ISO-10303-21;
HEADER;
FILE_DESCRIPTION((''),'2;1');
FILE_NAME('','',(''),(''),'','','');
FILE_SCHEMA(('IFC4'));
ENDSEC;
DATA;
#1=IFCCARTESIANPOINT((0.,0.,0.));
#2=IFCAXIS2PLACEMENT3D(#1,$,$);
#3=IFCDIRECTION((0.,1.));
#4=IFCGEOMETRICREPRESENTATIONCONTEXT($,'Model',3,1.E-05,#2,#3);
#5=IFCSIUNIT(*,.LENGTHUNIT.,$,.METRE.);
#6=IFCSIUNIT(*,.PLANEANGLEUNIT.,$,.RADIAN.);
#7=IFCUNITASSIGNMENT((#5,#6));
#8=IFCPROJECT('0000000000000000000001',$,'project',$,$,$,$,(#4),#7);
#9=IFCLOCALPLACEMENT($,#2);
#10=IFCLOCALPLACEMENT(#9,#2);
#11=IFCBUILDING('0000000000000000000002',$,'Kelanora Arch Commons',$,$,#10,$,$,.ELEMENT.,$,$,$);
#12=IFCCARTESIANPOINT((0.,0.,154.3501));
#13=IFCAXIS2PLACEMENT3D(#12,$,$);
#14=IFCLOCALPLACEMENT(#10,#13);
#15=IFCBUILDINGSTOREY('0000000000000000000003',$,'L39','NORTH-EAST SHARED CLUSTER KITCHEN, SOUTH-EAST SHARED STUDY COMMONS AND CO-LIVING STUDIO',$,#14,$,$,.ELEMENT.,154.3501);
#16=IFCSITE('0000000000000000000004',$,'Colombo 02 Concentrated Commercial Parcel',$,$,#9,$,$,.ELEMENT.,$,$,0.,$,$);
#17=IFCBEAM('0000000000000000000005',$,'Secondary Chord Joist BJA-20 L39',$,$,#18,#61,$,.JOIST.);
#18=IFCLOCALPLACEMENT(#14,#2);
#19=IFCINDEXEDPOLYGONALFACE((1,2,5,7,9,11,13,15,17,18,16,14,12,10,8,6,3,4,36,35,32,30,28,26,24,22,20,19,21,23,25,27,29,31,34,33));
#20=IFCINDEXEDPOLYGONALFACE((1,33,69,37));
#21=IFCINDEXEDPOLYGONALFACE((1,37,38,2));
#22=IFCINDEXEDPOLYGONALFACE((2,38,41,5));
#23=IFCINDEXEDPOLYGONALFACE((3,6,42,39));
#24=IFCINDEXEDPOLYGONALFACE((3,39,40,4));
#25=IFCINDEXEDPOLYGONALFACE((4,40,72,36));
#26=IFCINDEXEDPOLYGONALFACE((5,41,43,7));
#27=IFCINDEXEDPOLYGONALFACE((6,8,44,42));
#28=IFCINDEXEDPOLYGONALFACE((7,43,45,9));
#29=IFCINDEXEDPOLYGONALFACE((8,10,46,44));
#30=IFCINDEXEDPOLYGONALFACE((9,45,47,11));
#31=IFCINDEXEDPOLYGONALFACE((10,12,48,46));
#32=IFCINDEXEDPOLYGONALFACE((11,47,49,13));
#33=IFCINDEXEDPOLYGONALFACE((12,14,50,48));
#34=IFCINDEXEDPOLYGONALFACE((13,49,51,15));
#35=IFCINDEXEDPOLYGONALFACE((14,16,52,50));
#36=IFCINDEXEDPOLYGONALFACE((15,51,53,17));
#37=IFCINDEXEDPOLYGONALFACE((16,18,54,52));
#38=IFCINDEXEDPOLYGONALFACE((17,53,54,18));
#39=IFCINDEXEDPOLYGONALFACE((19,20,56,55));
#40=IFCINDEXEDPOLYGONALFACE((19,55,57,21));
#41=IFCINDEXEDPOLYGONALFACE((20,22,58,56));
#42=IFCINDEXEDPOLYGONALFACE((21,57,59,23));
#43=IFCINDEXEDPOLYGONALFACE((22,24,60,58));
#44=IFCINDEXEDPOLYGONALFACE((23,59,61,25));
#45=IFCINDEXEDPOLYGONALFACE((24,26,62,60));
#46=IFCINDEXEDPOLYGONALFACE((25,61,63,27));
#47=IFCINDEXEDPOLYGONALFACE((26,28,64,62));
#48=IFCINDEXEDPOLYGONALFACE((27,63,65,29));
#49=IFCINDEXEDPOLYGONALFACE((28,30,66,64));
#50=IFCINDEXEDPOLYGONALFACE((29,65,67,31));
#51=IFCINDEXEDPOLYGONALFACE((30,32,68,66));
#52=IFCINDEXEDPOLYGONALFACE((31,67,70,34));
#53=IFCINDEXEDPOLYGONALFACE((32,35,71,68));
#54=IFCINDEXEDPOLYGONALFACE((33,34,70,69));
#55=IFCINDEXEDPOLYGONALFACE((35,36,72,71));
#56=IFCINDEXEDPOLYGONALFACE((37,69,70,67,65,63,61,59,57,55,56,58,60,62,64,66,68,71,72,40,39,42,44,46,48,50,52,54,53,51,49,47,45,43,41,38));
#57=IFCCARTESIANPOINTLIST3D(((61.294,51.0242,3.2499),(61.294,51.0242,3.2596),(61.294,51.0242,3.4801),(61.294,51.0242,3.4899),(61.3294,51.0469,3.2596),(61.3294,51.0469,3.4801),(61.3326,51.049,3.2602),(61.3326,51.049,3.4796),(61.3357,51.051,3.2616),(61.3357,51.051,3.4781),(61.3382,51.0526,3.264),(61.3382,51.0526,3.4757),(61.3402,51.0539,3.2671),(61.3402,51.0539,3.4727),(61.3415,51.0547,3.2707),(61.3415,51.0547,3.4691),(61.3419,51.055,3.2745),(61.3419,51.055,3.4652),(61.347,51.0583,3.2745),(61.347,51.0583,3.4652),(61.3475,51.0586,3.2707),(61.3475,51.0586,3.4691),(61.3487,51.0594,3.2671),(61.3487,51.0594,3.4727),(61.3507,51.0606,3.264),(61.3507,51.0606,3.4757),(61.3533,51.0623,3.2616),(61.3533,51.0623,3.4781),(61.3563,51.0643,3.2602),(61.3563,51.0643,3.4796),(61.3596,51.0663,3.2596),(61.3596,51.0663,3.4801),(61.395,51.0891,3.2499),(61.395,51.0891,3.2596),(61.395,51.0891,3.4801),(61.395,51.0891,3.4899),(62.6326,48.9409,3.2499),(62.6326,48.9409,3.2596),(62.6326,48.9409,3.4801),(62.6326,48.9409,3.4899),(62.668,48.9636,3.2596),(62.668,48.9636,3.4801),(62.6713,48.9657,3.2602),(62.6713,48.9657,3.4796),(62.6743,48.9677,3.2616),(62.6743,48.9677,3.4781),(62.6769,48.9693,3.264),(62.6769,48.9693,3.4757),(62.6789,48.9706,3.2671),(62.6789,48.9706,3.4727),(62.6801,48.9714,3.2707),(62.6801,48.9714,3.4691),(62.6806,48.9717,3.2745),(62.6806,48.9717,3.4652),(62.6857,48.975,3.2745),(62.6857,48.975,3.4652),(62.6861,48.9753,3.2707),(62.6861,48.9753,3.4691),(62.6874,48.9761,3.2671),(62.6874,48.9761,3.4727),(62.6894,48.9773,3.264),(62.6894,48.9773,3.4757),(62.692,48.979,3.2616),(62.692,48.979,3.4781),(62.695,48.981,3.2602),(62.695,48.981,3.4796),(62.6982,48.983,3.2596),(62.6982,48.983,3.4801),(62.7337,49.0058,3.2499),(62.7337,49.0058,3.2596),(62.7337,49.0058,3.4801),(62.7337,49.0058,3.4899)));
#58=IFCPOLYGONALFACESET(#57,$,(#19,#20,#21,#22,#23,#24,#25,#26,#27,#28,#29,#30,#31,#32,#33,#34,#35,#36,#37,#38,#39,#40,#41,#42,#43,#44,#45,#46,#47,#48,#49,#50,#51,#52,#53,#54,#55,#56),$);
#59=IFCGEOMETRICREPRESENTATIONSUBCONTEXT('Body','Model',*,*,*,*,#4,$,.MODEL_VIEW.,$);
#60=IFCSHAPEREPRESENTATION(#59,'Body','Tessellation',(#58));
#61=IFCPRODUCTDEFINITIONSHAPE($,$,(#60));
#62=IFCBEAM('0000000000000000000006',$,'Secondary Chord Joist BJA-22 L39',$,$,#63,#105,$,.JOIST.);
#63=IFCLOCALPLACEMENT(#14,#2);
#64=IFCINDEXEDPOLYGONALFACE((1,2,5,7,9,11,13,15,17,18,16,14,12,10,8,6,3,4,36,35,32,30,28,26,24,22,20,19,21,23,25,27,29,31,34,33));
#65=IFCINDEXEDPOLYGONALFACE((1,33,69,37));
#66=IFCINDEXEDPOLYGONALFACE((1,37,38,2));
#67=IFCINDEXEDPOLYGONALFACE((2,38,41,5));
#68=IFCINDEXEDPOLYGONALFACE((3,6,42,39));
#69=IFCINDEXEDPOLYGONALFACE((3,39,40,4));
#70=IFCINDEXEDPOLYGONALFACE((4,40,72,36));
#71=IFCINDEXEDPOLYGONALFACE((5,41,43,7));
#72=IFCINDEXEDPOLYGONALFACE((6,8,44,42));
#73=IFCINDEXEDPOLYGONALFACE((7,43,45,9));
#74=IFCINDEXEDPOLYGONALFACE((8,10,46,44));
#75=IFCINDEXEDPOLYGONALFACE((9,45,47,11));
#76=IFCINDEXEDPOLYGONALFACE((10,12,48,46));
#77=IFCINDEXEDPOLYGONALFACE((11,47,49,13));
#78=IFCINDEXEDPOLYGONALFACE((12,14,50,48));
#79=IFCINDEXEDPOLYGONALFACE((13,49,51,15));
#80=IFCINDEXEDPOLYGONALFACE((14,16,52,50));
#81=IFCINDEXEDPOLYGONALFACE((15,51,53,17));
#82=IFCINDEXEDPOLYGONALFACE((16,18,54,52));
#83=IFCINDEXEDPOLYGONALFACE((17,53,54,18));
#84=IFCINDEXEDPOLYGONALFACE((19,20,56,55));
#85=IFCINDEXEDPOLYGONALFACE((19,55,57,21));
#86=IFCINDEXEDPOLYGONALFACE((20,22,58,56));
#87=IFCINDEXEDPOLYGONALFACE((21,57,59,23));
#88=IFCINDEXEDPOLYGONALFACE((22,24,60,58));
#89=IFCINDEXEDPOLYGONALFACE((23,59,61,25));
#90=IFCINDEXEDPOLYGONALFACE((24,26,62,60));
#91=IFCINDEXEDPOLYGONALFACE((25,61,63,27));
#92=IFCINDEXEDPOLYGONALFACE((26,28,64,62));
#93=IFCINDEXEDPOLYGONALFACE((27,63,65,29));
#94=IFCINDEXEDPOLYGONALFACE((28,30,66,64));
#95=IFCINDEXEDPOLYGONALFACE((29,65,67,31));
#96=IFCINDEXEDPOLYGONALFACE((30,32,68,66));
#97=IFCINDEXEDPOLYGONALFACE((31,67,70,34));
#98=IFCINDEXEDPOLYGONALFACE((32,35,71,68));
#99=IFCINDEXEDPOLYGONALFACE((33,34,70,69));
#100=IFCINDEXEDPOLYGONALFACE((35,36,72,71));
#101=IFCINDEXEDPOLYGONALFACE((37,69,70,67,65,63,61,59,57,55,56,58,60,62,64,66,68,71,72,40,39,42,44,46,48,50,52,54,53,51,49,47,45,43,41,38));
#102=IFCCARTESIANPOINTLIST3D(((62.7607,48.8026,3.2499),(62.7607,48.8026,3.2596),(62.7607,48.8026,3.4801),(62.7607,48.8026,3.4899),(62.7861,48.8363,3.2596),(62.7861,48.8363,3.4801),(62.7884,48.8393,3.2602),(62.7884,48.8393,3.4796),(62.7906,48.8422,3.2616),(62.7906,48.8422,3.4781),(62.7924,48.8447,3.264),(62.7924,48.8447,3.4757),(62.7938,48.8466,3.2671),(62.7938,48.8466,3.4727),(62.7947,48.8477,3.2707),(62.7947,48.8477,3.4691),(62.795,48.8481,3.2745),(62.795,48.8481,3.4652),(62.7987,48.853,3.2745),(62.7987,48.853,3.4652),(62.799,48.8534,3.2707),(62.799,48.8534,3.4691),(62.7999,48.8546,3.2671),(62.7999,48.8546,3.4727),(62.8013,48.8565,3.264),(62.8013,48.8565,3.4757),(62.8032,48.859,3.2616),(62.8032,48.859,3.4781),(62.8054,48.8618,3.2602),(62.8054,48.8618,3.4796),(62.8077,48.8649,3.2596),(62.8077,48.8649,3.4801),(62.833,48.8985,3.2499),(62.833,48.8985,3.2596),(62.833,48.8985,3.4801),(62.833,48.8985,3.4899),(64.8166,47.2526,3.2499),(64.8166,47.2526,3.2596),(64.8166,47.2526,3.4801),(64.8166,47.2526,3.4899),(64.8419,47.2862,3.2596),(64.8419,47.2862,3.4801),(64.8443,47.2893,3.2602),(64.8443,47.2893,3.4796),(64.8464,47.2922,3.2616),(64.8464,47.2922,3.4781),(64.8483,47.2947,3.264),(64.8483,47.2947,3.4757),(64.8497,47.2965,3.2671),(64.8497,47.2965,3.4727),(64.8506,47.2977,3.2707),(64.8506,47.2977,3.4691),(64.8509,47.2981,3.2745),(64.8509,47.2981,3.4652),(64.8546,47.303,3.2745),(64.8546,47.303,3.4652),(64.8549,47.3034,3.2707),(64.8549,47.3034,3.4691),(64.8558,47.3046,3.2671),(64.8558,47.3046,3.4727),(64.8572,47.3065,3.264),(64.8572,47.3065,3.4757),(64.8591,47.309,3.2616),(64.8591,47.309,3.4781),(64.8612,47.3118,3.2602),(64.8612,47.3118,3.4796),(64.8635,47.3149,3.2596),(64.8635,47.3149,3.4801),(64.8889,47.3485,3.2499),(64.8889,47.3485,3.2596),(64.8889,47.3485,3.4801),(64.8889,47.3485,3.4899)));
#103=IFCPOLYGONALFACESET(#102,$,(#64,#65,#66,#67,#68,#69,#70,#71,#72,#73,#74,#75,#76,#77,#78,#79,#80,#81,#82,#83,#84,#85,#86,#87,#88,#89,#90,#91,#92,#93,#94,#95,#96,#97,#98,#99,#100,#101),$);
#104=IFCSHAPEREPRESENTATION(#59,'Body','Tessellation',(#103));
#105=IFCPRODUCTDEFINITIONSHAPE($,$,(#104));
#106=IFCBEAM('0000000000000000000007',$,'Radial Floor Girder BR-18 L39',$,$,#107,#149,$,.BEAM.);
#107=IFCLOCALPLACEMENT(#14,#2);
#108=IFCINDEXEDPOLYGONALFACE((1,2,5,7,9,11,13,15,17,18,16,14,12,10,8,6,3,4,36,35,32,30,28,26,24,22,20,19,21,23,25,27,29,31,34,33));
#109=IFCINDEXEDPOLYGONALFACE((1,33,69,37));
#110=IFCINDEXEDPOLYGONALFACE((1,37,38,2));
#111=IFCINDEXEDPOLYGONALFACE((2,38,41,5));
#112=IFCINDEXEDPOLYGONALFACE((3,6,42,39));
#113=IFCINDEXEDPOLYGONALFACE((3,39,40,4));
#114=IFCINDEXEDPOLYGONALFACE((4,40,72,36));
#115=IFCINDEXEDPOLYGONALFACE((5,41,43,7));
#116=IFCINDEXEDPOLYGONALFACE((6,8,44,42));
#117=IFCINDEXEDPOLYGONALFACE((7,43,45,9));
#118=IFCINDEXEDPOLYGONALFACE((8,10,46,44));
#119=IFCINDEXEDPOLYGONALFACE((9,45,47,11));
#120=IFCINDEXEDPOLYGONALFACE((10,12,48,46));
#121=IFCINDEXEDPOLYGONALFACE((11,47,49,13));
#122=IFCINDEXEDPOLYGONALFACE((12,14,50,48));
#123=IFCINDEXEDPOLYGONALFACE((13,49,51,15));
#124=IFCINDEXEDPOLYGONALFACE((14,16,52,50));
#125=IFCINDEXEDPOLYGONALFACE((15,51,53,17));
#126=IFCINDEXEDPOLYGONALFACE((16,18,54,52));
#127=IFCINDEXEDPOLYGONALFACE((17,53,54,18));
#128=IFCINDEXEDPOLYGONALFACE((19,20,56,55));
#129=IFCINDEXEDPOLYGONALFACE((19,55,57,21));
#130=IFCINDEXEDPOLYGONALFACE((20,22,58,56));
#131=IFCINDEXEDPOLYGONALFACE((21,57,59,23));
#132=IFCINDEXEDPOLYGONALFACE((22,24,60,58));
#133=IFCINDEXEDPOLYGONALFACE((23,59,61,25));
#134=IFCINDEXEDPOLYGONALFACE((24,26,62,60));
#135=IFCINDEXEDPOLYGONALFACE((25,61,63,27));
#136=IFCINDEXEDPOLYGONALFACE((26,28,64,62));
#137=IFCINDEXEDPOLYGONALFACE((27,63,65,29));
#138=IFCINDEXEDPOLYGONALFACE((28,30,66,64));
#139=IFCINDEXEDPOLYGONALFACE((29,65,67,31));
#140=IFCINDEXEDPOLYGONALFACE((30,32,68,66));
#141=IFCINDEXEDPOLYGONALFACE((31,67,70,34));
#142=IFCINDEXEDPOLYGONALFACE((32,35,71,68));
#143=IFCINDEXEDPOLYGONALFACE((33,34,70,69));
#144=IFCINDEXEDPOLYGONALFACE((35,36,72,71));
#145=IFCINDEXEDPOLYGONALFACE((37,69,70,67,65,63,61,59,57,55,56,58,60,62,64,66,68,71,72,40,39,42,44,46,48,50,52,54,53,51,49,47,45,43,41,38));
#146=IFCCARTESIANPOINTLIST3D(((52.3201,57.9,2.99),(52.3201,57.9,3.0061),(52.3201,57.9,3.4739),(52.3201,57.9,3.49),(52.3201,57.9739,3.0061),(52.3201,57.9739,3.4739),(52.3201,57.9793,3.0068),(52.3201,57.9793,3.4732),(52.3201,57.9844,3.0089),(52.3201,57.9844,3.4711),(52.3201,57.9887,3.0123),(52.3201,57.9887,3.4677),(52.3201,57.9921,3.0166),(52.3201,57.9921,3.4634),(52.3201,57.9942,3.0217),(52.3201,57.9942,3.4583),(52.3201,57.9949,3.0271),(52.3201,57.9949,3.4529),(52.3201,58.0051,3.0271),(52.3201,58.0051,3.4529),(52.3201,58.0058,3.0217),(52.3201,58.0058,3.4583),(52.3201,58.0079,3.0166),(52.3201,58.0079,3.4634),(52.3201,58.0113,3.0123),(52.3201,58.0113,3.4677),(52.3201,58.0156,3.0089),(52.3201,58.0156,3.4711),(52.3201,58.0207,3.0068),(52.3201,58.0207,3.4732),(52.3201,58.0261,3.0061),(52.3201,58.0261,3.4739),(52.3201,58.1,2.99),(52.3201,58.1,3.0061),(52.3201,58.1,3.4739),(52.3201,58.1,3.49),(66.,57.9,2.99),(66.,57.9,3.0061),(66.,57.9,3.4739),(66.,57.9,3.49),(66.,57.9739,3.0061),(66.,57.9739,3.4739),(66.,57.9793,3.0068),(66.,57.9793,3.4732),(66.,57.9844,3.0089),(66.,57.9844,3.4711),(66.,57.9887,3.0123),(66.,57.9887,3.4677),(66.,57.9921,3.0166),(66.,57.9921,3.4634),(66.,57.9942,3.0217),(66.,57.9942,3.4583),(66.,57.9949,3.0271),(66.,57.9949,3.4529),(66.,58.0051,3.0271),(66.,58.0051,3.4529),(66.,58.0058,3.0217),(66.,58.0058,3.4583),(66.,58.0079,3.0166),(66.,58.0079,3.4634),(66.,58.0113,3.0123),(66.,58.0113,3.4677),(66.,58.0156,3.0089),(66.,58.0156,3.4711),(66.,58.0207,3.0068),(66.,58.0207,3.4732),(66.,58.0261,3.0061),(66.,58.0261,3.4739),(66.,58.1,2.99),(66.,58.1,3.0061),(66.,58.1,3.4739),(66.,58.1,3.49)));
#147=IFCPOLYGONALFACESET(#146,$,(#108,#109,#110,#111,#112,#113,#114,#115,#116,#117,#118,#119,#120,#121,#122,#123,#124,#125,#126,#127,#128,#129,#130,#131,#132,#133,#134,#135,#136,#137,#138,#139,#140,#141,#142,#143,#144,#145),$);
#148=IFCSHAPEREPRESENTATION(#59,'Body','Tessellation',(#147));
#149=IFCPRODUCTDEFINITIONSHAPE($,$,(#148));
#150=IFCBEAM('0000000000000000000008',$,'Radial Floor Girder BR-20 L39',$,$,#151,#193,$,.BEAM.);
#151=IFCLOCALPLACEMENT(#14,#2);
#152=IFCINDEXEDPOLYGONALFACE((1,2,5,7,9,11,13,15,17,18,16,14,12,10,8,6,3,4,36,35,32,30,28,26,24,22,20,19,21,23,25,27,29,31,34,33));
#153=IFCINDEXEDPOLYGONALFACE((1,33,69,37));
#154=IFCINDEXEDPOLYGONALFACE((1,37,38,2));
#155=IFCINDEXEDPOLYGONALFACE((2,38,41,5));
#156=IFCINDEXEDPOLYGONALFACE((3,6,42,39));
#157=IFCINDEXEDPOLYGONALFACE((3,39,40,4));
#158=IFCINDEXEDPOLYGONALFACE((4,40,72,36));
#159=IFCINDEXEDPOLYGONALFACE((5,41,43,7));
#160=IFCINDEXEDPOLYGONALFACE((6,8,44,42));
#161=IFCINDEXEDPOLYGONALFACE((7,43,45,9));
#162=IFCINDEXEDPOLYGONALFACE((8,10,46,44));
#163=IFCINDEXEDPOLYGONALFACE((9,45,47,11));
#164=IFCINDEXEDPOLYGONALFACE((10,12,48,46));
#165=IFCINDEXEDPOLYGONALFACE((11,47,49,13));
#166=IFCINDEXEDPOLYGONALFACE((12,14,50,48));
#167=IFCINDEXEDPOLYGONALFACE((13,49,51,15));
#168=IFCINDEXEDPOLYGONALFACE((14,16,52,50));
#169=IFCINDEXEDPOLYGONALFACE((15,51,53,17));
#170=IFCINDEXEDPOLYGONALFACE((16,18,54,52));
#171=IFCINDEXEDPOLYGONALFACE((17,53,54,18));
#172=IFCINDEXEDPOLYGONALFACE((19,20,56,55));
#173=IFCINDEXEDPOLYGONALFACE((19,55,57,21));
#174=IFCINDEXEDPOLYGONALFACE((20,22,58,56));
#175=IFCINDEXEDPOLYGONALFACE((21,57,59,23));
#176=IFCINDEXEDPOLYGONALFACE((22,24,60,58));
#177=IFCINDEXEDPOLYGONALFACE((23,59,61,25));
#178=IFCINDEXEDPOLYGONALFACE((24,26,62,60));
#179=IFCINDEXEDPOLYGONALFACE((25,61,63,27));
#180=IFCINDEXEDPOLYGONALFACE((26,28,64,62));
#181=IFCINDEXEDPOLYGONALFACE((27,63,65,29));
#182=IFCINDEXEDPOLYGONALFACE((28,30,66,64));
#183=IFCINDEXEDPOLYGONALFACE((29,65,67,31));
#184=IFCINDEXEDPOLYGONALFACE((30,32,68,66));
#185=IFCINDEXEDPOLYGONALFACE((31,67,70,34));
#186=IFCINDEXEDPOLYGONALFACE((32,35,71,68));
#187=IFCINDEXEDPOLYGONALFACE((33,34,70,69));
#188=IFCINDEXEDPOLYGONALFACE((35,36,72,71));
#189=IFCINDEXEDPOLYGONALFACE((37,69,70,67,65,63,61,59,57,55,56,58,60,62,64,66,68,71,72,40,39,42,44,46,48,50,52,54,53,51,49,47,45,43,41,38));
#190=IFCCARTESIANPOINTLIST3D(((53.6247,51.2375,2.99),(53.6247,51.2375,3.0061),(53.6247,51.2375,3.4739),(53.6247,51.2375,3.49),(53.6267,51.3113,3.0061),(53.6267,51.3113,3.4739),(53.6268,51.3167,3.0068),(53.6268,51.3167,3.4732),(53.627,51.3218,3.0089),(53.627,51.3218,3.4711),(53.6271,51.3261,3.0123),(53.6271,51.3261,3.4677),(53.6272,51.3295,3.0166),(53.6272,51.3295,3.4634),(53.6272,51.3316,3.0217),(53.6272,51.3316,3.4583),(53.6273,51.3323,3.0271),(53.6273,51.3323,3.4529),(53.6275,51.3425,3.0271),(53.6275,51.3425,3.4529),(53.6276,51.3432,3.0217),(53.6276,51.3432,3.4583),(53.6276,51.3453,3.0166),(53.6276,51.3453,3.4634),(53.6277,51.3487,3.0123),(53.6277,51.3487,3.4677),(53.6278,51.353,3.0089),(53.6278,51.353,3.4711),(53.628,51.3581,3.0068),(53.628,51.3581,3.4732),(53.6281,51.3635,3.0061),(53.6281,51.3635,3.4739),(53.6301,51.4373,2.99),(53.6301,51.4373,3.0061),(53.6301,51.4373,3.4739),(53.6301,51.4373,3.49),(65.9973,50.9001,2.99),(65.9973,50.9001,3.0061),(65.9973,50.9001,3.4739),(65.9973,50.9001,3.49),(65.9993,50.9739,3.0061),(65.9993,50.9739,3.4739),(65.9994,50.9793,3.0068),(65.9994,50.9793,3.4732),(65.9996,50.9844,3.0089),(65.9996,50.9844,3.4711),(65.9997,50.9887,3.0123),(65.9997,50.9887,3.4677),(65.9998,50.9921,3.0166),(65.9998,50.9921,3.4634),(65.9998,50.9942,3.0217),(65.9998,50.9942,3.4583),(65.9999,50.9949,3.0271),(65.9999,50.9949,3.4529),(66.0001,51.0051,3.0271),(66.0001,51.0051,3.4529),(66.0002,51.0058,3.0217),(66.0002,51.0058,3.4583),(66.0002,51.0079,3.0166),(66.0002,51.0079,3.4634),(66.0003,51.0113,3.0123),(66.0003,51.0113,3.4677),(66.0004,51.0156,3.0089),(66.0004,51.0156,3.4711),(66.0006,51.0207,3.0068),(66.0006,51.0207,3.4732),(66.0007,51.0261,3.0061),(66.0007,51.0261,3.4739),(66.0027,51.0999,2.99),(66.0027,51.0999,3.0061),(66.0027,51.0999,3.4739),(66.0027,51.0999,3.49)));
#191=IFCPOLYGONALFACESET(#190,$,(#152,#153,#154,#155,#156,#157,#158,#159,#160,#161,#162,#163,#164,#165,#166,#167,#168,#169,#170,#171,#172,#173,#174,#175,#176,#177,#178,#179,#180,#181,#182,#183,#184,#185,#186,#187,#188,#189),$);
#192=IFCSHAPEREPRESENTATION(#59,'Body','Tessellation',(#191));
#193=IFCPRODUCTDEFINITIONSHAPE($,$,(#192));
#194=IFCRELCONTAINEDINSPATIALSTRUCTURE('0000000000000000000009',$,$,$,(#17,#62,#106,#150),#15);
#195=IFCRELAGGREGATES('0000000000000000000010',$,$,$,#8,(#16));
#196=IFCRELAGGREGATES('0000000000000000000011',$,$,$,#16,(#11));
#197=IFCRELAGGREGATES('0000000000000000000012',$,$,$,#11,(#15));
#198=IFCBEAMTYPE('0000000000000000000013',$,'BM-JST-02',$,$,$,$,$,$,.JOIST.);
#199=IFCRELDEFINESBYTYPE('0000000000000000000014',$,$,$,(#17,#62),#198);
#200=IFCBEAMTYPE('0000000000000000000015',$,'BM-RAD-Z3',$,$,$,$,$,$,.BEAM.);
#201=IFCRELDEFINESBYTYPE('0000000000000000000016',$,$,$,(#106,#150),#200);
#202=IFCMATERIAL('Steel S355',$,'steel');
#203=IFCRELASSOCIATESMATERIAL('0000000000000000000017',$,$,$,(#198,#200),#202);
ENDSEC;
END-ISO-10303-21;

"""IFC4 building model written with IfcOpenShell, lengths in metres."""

from ifc_helpers import new_model, si_unit, direction, frame, origin, origin_2d, place, context, subcontext, project, spatial, i_section, extrude, material, material_profile, profile_set, type_object, element, save


model = new_model("IFC4")

# Units and contexts
model_context = context("Model", 3, precision=1e-05, world=origin(), true_north=direction((0.0, 1.0)))
body_context = subcontext(model_context, "Body", "Model", "MODEL_VIEW")
ifc_project = project(units=[si_unit("LENGTHUNIT", "METRE"), si_unit("PLANEANGLEUNIT", "RADIAN")], contexts=[model_context])

# Site, building, storey
site_placement = place(None, origin())
site = spatial("IfcSite", under=ifc_project, at=site_placement, Name="Colombo 02 Concentrated Commercial Parcel", CompositionType="ELEMENT", RefElevation=0.0)
building_placement = place(site_placement, origin())
building = spatial("IfcBuilding", under=site, at=building_placement, Name="Kelanora Arch Commons", CompositionType="ELEMENT")
storey_placement = place(building_placement, frame((0.0, 0.0, 154.3501)))
storey = spatial("IfcBuildingStorey", under=building, at=storey_placement, Name="L39", Description="NORTH-EAST SHARED CLUSTER KITCHEN, SOUTH-EAST SHARED STUDY COMMONS AND CO-LIVING STUDIO", CompositionType="ELEMENT", Elevation=154.3501)

# Beams
ifc_material_1 = material(Name="Steel S355", Category="steel")
ifc_material_profile_1 = material_profile(ifc_material_1, i_section(OverallWidth=0.1201, OverallDepth=0.24, WebThickness=0.0061, FlangeThickness=0.0098, FilletRadius=0.0149, at=origin_2d()), Name="IPE240")
ifc_profile_set_1 = profile_set([ifc_material_profile_1], Name="Steel S355")
beam_type_1 = type_object("IfcBeamType", Name="BM-JST-02", PredefinedType="JOIST", material=ifc_profile_set_1)
beam_1_placement = place(storey_placement, frame((61.3445, 51.0566, 3.3699), z_axis=(0.540583, -0.841291, 0.0), x_axis=(0.841291, 0.540583, 0.0)))
element("IfcBeam", 1, at=beam_1_placement, inside=storey, type_object=beam_type_1, Name="Secondary Chord Joist BJA-20 L39", PredefinedType="JOIST", context=body_context, shape_type="SweptSolid", body=[
    extrude(i_section(OverallWidth=0.1201, OverallDepth=0.24, WebThickness=0.0061, FlangeThickness=0.0098, FilletRadius=0.0149, at=origin_2d()), origin(), (0.0, 0.0, 1.0), 2.4763),
])
beam_2_placement = place(storey_placement, frame((62.7969, 48.8506, 3.3699), z_axis=(0.798484, -0.602016, 0.0), x_axis=(0.602016, 0.798484, 0.0)))
element("IfcBeam", 2, at=beam_2_placement, inside=storey, type_object=beam_type_1, Name="Secondary Chord Joist BJA-22 L39", PredefinedType="JOIST", context=body_context, shape_type="SweptSolid", body=[
    extrude(i_section(OverallWidth=0.1201, OverallDepth=0.24, WebThickness=0.0061, FlangeThickness=0.0098, FilletRadius=0.0149, at=origin_2d()), origin(), (0.0, 0.0, 1.0), 2.5747),
])
ifc_material_profile_2 = material_profile(ifc_material_1, i_section(OverallWidth=0.2, OverallDepth=0.5, WebThickness=0.0103, FlangeThickness=0.0161, FilletRadius=0.021, at=origin_2d()), Name="IPE500")
ifc_profile_set_2 = profile_set([ifc_material_profile_2], Name="Steel S355")
beam_type_2 = type_object("IfcBeamType", Name="BM-RAD-Z3", PredefinedType="BEAM", material=ifc_profile_set_2)
beam_3_placement = place(storey_placement, frame((66.0, 58.0, 3.24), z_axis=(-1.0, 0.0, 0.0), x_axis=(0.0, -1.0, 0.0)))
element("IfcBeam", 3, at=beam_3_placement, inside=storey, type_object=beam_type_2, Name="Radial Floor Girder BR-18 L39", PredefinedType="BEAM", context=body_context, shape_type="SweptSolid", body=[
    extrude(i_section(OverallWidth=0.2, OverallDepth=0.5, WebThickness=0.0103, FlangeThickness=0.0161, FilletRadius=0.021, at=origin_2d()), origin(), (0.0, 0.0, 1.0), 13.6799),
])
beam_4_placement = place(storey_placement, frame((66.0, 51.0, 3.24), z_axis=(-0.999628, 0.02726, 0.0), x_axis=(-0.02726, -0.999628, 0.0)))
element("IfcBeam", 4, at=beam_4_placement, inside=storey, type_object=beam_type_2, Name="Radial Floor Girder BR-20 L39", PredefinedType="BEAM", context=body_context, shape_type="SweptSolid", body=[
    extrude(i_section(OverallWidth=0.2, OverallDepth=0.5, WebThickness=0.0103, FlangeThickness=0.0161, FilletRadius=0.021, at=origin_2d()), origin(), (0.0, 0.0, 1.0), 12.3772),
])

save(model, "model.ifc")
